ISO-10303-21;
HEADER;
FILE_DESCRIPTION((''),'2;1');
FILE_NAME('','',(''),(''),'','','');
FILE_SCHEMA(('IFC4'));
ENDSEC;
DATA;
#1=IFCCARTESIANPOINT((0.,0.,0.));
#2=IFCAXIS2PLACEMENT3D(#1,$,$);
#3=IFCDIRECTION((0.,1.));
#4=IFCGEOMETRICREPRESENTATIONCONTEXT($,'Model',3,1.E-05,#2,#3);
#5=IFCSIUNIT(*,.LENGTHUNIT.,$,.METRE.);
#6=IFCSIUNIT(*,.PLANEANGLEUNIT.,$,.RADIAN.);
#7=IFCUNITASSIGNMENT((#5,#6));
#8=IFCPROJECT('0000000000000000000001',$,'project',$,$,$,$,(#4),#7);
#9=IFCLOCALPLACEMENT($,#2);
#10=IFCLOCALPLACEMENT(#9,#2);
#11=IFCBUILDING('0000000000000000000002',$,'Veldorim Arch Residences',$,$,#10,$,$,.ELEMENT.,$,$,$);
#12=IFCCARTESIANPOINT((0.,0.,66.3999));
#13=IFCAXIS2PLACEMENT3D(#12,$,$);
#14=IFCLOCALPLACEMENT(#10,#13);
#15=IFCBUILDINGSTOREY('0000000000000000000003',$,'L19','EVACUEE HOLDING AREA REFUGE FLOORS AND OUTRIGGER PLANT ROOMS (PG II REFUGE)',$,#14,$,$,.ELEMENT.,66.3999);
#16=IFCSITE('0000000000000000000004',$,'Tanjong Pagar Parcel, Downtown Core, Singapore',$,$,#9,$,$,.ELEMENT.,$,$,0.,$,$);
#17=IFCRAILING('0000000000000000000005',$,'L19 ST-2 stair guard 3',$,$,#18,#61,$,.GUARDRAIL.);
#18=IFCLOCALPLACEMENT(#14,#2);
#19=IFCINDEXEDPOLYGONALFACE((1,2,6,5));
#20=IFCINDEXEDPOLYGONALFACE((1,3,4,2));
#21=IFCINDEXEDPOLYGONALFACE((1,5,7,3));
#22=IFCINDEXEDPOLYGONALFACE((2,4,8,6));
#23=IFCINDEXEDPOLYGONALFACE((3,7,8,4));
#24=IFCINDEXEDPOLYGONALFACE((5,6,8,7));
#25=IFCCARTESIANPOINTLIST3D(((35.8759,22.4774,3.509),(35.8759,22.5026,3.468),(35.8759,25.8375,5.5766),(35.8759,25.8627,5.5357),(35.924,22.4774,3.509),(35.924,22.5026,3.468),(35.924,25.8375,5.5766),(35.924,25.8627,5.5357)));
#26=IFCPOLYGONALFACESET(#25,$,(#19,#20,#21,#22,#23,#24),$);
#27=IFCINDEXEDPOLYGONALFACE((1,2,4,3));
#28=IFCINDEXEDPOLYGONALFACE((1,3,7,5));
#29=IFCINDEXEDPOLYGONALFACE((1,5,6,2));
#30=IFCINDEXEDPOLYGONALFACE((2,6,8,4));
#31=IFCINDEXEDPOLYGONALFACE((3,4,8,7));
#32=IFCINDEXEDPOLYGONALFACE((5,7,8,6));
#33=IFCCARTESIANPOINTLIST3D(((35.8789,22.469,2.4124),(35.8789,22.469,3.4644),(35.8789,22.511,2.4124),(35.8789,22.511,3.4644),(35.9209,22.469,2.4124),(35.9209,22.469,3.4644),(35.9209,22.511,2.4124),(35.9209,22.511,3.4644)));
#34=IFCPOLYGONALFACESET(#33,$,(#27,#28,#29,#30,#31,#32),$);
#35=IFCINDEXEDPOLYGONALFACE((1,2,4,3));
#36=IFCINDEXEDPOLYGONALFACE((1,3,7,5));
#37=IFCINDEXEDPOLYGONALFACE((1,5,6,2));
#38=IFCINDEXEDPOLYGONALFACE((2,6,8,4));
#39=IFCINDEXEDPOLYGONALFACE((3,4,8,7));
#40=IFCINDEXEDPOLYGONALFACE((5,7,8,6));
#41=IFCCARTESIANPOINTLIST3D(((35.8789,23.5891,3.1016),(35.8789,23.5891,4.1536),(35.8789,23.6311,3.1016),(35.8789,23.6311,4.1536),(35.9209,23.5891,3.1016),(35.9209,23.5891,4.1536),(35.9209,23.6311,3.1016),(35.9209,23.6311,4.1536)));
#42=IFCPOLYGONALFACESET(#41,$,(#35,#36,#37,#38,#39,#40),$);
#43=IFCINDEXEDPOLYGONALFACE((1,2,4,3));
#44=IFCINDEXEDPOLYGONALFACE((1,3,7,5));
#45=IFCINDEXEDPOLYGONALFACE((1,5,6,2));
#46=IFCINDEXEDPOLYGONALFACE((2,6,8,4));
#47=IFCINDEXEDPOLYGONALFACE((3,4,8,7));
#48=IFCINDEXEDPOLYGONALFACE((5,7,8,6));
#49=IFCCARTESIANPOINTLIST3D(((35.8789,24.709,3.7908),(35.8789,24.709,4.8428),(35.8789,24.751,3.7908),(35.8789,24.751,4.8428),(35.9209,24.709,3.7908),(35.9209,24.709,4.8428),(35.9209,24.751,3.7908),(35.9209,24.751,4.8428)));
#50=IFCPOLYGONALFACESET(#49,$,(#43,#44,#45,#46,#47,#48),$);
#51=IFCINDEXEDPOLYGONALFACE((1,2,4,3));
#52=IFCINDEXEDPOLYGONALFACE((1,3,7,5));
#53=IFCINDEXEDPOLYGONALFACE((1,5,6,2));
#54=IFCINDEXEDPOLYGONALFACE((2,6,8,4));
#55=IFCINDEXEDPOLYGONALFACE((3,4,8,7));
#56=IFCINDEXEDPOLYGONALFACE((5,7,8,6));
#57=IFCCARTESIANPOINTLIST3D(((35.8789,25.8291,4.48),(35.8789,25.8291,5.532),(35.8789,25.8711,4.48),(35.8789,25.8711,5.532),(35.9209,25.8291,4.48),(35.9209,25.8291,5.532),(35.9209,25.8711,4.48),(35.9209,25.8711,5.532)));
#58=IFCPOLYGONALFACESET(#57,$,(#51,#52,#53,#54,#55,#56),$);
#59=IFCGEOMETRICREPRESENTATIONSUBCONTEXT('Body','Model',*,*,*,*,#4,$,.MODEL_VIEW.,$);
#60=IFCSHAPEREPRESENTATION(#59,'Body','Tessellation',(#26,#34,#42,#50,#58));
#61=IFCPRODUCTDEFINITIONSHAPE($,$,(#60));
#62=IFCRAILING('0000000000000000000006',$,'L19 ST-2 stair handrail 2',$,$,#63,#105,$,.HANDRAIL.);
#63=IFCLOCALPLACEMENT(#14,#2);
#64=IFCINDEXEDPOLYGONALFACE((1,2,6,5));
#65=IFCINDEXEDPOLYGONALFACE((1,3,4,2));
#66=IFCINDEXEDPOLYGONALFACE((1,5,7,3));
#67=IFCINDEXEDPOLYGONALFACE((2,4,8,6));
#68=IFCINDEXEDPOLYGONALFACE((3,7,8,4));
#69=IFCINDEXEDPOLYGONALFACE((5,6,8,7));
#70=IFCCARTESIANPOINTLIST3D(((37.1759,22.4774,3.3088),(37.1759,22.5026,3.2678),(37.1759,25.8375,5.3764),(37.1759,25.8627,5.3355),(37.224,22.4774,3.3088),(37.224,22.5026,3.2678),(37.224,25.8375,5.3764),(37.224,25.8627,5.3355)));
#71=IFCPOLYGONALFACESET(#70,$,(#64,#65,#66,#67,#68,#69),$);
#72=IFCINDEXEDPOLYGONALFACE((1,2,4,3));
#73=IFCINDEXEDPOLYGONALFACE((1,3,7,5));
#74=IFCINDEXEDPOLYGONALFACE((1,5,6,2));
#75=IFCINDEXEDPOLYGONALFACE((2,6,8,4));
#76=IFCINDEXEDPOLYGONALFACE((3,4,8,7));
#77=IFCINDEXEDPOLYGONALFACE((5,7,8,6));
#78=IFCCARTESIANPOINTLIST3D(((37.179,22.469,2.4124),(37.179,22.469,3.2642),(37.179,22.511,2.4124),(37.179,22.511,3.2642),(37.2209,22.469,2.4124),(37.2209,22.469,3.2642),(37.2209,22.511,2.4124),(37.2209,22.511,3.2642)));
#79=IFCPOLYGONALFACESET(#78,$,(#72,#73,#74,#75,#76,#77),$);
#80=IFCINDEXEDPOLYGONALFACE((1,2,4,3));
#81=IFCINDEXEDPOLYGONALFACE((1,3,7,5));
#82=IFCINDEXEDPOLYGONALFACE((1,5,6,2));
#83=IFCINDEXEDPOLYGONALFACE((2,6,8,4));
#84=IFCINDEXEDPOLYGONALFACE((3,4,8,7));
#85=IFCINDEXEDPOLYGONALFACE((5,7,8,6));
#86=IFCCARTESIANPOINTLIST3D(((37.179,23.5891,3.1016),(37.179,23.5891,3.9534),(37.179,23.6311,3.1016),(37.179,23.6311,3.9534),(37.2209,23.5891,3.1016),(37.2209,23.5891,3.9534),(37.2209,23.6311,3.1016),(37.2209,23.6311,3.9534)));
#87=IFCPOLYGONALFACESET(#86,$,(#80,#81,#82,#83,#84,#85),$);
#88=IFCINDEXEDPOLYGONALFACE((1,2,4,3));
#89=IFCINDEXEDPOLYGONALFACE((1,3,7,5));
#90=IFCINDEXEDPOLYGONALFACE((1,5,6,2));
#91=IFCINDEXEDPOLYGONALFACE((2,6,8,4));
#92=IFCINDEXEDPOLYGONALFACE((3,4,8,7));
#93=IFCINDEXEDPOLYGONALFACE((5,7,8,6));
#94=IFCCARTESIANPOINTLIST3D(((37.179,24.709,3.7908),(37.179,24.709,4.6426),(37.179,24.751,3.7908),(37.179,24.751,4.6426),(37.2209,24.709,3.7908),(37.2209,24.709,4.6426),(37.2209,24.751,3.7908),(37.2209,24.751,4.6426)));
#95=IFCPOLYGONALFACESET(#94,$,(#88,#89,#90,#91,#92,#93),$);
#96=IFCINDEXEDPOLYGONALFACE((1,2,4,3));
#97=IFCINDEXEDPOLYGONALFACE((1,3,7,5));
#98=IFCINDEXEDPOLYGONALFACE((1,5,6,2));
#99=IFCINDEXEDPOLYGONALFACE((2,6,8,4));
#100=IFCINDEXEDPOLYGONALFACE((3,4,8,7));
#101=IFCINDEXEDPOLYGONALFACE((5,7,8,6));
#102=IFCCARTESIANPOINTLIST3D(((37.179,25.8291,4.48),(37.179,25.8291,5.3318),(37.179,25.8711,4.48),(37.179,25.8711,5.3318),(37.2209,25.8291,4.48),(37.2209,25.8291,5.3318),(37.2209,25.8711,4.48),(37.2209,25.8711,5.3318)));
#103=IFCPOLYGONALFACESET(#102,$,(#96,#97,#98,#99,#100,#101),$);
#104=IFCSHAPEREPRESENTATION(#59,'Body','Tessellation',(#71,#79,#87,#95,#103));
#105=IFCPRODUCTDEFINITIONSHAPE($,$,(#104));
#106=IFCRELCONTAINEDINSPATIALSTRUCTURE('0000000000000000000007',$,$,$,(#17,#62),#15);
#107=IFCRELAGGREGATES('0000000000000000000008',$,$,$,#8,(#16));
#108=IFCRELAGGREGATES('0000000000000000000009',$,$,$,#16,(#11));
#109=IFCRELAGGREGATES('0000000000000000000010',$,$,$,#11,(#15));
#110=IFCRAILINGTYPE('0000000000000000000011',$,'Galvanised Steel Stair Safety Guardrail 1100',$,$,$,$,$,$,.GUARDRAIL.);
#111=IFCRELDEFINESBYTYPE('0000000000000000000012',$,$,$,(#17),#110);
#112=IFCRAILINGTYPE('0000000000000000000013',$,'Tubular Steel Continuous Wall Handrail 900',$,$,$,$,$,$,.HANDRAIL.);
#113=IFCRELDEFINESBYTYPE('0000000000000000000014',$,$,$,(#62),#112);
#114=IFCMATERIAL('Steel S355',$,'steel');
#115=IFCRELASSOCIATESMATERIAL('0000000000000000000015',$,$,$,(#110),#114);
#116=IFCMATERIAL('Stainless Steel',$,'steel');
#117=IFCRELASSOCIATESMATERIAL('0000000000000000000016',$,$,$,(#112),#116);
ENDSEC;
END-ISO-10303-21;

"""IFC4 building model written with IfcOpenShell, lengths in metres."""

from ifc_helpers import new_model, si_unit, direction, frame, origin, origin_2d, place, context, subcontext, project, spatial, rectangle, extrude, material, type_object, element, save


model = new_model("IFC4")

# Units and contexts
model_context = context("Model", 3, precision=1e-05, world=origin(), true_north=direction((0.0, 1.0)))
body_context = subcontext(model_context, "Body", "Model", "MODEL_VIEW")
ifc_project = project(units=[si_unit("LENGTHUNIT", "METRE"), si_unit("PLANEANGLEUNIT", "RADIAN")], contexts=[model_context])

# Site, building, storey
site_placement = place(None, origin())
site = spatial("IfcSite", under=ifc_project, at=site_placement, Name="Tanjong Pagar Parcel, Downtown Core, Singapore", CompositionType="ELEMENT", RefElevation=0.0)
building_placement = place(site_placement, origin())
building = spatial("IfcBuilding", under=site, at=building_placement, Name="Veldorim Arch Residences", CompositionType="ELEMENT")
storey_placement = place(building_placement, frame((0.0, 0.0, 66.3999)))
storey = spatial("IfcBuildingStorey", under=building, at=storey_placement, Name="L19", Description="EVACUEE HOLDING AREA REFUGE FLOORS AND OUTRIGGER PLANT ROOMS (PG II REFUGE)", CompositionType="ELEMENT", Elevation=66.3999)

# Railings
ifc_material_1 = material(Name="Steel S355", Category="steel")
railing_type_1 = type_object("IfcRailingType", Name="Galvanised Steel Stair Safety Guardrail 1100", PredefinedType="GUARDRAIL", material=ifc_material_1)
railing_1_placement = place(storey_placement, frame((35.8999, 22.49, 2.4124)))
element("IfcRailing", 1, at=railing_1_placement, inside=storey, type_object=railing_type_1, Name="L19 ST-2 stair guard 3", PredefinedType="GUARDRAIL", context=body_context, shape_type="SweptSolid", body=[
    extrude(rectangle(XDim=0.0481, YDim=0.0481, at=origin_2d()), frame((0.0, 0.0, 1.0762), z_axis=(0.0, 0.851673, 0.524073), x_axis=(-1.0, 0.0, 0.0)), (0.0, 0.0, 1.0), 3.9453),
    extrude(rectangle(XDim=0.042, YDim=0.042, at=origin_2d()), origin(), (0.0, 0.0, 1.0), 1.052),
    extrude(rectangle(XDim=0.042, YDim=0.042, at=origin_2d()), frame((0.0, 1.1201, 0.6892)), (0.0, 0.0, 1.0), 1.052),
    extrude(rectangle(XDim=0.042, YDim=0.042, at=origin_2d()), frame((0.0, 2.24, 1.3784)), (0.0, 0.0, 1.0), 1.052),
    extrude(rectangle(XDim=0.042, YDim=0.042, at=origin_2d()), frame((0.0, 3.3601, 2.0676)), (0.0, 0.0, 1.0), 1.052),
])
ifc_material_2 = material(Name="Stainless Steel", Category="steel")
railing_type_2 = type_object("IfcRailingType", Name="Tubular Steel Continuous Wall Handrail 900", PredefinedType="HANDRAIL", material=ifc_material_2)
railing_2_placement = place(storey_placement, frame((37.2, 22.49, 2.4124)))
element("IfcRailing", 2, at=railing_2_placement, inside=storey, type_object=railing_type_2, Name="L19 ST-2 stair handrail 2", PredefinedType="HANDRAIL", context=body_context, shape_type="SweptSolid", body=[
    extrude(rectangle(XDim=0.0481, YDim=0.0481, at=origin_2d()), frame((0.0, 0.0, 0.876), z_axis=(0.0, 0.851673, 0.524073), x_axis=(-1.0, 0.0, 0.0)), (0.0, 0.0, 1.0), 3.9453),
    extrude(rectangle(XDim=0.042, YDim=0.042, at=origin_2d()), origin(), (0.0, 0.0, 1.0), 0.8518),
    extrude(rectangle(XDim=0.042, YDim=0.042, at=origin_2d()), frame((0.0, 1.1201, 0.6892)), (0.0, 0.0, 1.0), 0.8518),
    extrude(rectangle(XDim=0.042, YDim=0.042, at=origin_2d()), frame((0.0, 2.24, 1.3784)), (0.0, 0.0, 1.0), 0.8518),
    extrude(rectangle(XDim=0.042, YDim=0.042, at=origin_2d()), frame((0.0, 3.3601, 2.0676)), (0.0, 0.0, 1.0), 0.8518),
])

save(model, "model.ifc")
